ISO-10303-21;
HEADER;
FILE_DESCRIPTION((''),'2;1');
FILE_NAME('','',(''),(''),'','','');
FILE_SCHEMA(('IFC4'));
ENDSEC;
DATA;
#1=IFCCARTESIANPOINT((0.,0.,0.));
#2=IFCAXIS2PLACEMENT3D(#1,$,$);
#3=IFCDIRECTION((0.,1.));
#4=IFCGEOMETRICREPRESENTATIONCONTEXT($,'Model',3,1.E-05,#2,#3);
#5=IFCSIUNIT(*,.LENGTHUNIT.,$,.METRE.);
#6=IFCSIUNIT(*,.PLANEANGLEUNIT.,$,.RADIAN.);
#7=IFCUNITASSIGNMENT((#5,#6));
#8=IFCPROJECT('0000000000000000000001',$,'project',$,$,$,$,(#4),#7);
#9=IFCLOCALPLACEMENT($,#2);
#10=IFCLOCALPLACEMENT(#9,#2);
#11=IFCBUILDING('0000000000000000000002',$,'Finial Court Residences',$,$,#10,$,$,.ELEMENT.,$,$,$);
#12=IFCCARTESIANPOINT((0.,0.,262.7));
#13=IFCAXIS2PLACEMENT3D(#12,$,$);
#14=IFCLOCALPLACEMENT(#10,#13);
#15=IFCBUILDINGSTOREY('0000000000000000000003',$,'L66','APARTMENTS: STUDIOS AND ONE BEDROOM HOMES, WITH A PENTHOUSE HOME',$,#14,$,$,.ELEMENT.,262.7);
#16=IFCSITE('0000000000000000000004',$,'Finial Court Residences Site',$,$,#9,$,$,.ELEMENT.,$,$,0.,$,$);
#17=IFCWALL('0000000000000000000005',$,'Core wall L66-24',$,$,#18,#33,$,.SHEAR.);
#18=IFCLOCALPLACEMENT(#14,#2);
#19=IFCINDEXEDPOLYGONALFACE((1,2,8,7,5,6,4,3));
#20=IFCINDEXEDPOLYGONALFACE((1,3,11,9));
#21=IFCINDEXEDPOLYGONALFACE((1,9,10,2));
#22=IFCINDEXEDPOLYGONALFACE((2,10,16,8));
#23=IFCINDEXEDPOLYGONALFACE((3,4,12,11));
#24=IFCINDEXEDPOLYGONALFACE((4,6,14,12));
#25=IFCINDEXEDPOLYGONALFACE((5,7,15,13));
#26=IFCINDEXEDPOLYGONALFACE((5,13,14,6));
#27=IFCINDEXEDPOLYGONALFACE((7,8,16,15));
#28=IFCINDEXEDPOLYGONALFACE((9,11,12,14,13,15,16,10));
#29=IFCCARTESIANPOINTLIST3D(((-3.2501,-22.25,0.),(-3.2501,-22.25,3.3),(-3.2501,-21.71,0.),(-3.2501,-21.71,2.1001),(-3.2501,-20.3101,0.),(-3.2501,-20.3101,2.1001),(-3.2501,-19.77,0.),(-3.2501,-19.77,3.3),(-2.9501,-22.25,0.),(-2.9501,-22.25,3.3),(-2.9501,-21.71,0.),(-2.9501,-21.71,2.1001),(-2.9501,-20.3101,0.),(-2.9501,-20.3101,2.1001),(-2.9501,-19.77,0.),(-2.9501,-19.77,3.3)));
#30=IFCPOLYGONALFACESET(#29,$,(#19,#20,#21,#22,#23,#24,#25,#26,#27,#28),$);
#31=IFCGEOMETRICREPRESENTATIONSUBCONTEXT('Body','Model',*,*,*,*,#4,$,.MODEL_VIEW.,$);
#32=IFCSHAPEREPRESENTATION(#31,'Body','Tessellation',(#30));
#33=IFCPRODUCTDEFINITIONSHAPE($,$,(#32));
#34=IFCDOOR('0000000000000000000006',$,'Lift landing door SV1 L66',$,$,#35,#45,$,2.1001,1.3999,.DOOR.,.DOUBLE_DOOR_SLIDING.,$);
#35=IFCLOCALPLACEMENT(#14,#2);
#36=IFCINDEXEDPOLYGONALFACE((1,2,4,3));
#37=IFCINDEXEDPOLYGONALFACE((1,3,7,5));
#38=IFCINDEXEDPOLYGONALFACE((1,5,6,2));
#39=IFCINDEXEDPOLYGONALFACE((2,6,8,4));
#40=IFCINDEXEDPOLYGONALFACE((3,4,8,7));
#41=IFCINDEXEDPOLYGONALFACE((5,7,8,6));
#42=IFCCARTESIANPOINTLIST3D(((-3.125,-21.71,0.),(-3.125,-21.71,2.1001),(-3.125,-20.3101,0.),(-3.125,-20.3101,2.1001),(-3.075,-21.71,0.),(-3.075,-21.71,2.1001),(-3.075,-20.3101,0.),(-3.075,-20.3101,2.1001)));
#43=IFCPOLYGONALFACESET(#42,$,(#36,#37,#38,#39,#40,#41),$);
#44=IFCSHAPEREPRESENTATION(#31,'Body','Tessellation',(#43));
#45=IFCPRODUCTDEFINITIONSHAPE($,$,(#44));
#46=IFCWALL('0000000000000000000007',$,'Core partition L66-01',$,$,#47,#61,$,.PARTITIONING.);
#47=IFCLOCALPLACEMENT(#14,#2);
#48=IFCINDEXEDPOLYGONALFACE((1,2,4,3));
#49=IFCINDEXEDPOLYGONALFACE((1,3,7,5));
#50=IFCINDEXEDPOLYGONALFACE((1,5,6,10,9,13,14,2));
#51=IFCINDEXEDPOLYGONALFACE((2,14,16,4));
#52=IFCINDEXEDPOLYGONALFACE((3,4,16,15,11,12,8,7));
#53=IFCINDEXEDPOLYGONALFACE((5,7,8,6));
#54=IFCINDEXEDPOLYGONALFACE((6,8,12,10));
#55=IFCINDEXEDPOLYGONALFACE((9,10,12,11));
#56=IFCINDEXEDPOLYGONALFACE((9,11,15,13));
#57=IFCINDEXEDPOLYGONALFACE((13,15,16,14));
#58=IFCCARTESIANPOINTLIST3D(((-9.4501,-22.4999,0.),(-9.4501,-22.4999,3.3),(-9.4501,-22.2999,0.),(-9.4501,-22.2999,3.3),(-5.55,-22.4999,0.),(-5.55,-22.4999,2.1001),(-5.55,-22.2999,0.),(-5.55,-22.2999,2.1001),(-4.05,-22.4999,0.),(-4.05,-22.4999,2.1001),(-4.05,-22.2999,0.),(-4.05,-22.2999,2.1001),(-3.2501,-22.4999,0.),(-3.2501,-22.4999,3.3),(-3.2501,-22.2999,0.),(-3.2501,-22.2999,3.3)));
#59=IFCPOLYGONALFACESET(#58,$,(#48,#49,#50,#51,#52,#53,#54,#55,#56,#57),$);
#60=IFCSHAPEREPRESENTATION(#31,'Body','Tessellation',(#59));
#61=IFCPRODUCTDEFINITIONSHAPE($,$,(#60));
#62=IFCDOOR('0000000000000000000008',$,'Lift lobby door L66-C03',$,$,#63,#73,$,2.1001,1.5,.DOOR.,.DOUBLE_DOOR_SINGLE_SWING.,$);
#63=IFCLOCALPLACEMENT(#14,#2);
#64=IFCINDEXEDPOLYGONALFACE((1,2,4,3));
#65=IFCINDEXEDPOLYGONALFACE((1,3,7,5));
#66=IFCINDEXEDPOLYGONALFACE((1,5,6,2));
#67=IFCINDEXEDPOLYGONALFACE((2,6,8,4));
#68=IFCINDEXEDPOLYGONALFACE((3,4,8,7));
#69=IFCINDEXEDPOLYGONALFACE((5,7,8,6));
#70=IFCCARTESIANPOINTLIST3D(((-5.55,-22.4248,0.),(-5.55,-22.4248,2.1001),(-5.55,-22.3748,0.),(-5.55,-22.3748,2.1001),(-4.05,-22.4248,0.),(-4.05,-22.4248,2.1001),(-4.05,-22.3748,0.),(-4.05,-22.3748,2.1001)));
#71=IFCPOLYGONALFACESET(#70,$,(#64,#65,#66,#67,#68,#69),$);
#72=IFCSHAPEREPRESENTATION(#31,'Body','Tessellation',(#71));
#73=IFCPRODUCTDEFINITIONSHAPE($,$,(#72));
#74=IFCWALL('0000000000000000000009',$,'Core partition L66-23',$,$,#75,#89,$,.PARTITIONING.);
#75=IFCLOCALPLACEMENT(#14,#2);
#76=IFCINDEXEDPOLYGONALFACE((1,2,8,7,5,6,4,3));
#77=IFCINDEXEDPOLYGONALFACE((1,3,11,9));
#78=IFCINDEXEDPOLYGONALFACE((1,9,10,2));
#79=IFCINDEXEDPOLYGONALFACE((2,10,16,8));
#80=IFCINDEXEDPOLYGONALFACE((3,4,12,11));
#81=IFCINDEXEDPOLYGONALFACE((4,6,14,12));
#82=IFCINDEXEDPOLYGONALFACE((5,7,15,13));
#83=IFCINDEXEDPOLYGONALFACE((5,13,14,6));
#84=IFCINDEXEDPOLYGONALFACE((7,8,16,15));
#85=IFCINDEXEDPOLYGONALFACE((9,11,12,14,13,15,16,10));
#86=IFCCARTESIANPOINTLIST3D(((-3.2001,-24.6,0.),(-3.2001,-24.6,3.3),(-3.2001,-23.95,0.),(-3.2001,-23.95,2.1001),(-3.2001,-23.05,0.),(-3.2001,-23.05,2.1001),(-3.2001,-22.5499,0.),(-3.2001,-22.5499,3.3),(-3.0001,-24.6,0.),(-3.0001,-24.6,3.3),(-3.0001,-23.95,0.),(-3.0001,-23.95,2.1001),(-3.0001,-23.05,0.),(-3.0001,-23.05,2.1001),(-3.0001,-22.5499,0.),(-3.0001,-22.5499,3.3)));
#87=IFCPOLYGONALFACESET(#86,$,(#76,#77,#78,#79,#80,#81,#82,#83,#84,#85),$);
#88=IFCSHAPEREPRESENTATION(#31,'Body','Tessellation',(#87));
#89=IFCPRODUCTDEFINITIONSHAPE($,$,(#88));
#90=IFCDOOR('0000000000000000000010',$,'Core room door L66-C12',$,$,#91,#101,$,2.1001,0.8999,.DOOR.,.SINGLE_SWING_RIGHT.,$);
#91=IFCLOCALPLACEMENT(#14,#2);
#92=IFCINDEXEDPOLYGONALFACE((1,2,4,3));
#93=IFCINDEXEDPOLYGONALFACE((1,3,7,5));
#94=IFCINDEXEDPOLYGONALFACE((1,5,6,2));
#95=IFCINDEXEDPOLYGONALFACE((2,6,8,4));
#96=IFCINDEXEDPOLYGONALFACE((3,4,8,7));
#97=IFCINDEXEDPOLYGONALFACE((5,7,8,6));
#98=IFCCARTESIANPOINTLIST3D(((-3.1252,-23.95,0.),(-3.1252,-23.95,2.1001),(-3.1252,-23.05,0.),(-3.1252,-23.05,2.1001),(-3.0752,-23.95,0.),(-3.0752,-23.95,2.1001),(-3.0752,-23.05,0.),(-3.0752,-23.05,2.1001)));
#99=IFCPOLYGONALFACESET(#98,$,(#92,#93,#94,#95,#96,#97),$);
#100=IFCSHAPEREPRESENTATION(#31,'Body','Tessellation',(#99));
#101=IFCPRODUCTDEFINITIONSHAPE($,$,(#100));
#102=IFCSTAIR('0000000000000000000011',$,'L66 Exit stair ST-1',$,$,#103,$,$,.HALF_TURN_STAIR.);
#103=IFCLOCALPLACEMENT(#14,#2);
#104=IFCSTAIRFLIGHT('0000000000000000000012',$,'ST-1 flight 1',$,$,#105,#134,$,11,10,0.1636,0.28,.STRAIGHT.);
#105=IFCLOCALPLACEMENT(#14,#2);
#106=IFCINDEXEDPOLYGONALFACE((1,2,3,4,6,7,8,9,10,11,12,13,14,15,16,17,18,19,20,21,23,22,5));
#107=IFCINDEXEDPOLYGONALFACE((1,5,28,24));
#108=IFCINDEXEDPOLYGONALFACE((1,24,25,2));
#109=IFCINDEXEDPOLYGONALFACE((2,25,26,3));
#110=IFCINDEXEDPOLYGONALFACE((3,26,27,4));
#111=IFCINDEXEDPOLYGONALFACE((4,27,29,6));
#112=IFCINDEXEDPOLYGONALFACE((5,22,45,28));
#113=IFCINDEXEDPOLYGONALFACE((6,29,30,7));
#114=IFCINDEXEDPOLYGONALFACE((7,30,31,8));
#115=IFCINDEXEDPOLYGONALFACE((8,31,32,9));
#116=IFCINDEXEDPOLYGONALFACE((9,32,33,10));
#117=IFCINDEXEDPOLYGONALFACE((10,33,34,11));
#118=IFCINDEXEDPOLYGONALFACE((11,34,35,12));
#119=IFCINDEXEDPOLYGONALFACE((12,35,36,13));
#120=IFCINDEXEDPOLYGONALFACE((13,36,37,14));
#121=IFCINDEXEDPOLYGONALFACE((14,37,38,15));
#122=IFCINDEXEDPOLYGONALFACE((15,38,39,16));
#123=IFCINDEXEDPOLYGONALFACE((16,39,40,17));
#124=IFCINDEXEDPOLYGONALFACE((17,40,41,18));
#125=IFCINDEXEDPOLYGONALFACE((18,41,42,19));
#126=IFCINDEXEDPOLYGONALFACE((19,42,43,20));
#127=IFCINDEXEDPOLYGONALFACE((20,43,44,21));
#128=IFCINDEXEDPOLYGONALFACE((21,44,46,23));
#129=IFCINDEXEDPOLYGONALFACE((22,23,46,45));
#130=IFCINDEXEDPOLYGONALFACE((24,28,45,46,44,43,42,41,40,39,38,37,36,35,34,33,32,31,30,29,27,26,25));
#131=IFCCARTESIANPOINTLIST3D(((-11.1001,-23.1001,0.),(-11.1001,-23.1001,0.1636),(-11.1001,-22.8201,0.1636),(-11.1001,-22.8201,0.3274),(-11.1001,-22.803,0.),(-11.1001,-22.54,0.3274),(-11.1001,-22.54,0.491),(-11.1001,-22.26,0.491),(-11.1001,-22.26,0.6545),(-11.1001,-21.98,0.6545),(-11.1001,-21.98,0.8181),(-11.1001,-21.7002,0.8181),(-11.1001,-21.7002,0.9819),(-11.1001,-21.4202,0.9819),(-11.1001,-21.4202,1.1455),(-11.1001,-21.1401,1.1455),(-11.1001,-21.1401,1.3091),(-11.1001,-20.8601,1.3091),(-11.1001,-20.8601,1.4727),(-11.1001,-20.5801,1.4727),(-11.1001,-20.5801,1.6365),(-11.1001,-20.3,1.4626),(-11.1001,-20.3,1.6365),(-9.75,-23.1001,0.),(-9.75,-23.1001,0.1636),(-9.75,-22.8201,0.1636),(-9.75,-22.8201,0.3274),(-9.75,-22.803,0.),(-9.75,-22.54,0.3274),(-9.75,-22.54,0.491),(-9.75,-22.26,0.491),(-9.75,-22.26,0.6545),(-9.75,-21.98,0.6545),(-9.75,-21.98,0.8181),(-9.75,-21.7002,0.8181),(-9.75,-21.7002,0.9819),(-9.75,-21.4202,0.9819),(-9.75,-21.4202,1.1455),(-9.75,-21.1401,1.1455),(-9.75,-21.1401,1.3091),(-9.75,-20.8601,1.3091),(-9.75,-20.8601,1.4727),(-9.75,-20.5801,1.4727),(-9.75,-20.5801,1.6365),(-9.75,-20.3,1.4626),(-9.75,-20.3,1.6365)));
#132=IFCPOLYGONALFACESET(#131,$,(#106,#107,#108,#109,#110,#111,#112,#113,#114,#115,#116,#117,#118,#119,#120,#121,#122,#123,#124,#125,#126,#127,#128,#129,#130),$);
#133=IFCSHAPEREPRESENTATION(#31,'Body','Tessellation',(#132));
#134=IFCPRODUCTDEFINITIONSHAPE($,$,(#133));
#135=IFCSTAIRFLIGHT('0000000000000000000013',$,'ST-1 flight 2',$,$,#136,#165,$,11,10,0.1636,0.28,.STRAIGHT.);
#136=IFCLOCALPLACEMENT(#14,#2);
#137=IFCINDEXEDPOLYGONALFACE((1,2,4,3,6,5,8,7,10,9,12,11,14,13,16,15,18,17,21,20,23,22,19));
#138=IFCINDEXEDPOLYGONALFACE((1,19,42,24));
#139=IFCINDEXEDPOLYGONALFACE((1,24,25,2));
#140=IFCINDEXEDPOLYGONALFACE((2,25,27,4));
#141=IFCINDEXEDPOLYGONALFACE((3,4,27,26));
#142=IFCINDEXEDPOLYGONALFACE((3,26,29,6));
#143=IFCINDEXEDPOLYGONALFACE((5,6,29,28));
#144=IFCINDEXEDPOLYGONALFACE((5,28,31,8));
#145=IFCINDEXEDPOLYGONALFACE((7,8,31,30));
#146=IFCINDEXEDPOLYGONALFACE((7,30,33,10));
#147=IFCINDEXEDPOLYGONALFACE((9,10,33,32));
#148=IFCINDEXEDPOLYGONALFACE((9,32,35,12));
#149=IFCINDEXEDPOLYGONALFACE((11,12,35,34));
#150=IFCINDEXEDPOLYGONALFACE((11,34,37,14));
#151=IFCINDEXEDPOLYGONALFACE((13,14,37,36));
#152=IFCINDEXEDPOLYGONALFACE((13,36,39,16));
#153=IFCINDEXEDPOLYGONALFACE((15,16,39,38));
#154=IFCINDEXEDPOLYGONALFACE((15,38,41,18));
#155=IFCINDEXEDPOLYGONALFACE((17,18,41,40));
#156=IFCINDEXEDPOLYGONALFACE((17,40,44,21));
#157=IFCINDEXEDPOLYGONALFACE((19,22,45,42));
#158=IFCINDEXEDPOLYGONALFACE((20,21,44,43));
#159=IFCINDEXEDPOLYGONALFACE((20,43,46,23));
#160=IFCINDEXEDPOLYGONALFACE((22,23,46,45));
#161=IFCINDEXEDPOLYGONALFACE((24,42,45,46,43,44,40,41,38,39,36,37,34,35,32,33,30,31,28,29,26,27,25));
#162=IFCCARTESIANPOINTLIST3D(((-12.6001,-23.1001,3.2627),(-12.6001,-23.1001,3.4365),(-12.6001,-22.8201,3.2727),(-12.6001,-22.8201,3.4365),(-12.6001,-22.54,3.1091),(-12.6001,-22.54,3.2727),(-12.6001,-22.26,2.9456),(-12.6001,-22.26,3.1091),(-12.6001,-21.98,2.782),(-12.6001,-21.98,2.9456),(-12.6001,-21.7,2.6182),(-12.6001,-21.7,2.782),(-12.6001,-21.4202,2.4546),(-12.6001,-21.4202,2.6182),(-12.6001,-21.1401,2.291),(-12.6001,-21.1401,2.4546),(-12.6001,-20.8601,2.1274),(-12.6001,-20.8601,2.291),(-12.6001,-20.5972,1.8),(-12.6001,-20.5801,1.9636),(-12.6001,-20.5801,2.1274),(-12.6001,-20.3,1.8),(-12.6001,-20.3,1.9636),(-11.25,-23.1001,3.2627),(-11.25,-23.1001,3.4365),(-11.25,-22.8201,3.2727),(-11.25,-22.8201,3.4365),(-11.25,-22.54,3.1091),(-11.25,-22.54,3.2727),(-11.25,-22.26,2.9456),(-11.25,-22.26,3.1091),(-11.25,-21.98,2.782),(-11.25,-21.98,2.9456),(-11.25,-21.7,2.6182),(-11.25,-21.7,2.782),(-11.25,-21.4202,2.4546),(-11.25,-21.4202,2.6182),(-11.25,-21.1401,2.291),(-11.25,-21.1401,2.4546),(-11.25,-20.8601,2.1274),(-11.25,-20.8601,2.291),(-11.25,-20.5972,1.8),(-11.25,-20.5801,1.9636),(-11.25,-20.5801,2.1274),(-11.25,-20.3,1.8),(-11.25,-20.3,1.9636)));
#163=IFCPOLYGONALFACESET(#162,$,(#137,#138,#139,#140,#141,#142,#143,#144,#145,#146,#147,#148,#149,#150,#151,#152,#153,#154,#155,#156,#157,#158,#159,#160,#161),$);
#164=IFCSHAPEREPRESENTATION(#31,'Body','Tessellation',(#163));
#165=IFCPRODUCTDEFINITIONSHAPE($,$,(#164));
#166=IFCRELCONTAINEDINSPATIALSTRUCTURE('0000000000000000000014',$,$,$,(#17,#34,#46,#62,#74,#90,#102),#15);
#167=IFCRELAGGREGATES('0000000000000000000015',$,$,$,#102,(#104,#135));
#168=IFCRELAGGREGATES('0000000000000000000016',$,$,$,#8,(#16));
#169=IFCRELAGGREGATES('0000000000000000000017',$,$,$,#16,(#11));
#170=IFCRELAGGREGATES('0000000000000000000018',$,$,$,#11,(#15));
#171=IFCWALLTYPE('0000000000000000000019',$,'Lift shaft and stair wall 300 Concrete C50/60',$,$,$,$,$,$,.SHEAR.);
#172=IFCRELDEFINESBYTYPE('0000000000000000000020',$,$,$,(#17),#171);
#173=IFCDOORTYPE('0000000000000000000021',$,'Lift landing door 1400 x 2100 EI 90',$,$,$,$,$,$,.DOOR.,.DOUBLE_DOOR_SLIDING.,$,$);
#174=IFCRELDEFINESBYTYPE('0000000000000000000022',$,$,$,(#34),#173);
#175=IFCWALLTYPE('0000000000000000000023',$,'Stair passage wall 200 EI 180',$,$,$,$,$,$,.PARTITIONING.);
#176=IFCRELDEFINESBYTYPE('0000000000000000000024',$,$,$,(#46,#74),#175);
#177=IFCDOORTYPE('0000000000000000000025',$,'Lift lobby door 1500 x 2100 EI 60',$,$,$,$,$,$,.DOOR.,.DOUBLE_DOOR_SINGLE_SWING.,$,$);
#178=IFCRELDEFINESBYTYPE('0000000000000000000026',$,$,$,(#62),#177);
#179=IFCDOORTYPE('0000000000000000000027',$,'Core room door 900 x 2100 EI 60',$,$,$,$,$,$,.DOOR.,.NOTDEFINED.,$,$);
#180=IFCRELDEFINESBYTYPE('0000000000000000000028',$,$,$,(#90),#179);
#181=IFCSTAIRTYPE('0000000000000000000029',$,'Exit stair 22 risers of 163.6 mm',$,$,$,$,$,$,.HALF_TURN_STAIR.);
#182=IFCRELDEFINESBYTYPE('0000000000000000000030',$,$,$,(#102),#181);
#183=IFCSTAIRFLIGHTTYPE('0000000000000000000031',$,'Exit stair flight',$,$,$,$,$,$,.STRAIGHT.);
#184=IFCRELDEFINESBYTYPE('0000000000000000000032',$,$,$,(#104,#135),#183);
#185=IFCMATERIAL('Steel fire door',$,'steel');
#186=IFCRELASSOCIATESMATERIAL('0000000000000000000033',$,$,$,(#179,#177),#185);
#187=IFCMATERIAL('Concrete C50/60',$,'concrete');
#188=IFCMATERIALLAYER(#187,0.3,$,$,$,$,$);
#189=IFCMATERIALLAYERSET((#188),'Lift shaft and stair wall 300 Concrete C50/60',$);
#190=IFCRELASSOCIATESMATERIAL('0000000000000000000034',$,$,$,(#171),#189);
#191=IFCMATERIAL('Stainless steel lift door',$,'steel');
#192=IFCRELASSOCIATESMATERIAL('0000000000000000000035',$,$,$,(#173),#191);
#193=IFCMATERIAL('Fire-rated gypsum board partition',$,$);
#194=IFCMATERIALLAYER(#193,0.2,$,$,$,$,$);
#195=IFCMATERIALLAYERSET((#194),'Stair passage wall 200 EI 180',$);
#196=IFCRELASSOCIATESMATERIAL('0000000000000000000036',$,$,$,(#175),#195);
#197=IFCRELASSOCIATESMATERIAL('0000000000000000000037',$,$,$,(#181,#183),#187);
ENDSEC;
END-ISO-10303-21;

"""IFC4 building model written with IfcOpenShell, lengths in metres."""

from ifc_helpers import new_model, si_unit, direction, frame, frame_2d, origin, place, context, subcontext, project, spatial, polyline, rectangle, outline, extrude, material, layer, layer_set, type_object, element, fill, aggregate, save


model = new_model("IFC4")

# Units and contexts
model_context = context("Model", 3, precision=1e-05, world=origin(), true_north=direction((0.0, 1.0)))
body_context = subcontext(model_context, "Body", "Model", "MODEL_VIEW")
ifc_project = project(units=[si_unit("LENGTHUNIT", "METRE"), si_unit("PLANEANGLEUNIT", "RADIAN")], contexts=[model_context])

# Site, building, storey
site_placement = place(None, origin())
site = spatial("IfcSite", under=ifc_project, at=site_placement, Name="Finial Court Residences Site", CompositionType="ELEMENT", RefElevation=0.0)
building_placement = place(site_placement, origin())
building = spatial("IfcBuilding", under=site, at=building_placement, Name="Finial Court Residences", CompositionType="ELEMENT")
storey_placement = place(building_placement, frame((0.0, 0.0, 262.7)))
storey = spatial("IfcBuildingStorey", under=building, at=storey_placement, Name="L66", Description="APARTMENTS: STUDIOS AND ONE BEDROOM HOMES, WITH A PENTHOUSE HOME", CompositionType="ELEMENT", Elevation=262.7)

# Shared definitions
ifc_material_1 = material(Name="Concrete C50/60", Category="concrete")
ifc_material_2 = material(Name="Fire-rated gypsum board partition")

# Shared definitions
ifc_material_3 = material(Name="Steel fire door", Category="steel")
door_type_1 = type_object("IfcDoorType", Name="Core room door 900 x 2100 EI 60", OperationType="NOTDEFINED", PredefinedType="DOOR", material=ifc_material_3)

# Shared definitions
ifc_layer_1 = layer(ifc_material_1, 0.3)
ifc_layer_set_1 = layer_set([ifc_layer_1], Name="Lift shaft and stair wall 300 Concrete C50/60")
wall_type_1 = type_object("IfcWallType", Name="Lift shaft and stair wall 300 Concrete C50/60", PredefinedType="SHEAR", material=ifc_layer_set_1)

# Walls, openings, doors
wall_1_placement = place(storey_placement, frame((-3.1001, -22.25, 0.0), z_axis=(0.0, 0.0, 1.0), x_axis=(0.0, 1.0, 0.0)))
wall_1 = element("IfcWall", 1, at=wall_1_placement, inside=storey, type_object=wall_type_1, Name="Core wall L66-24", PredefinedType="SHEAR", context=body_context, shape_type="SweptSolid", body=[
    extrude(rectangle(XDim=2.48, YDim=0.3, at=frame_2d((1.24, 0.0))), origin(), (0.0, 0.0, 1.0), 3.3),
])
opening_1_placement = place(wall_1_placement, frame((0.54, 0.0, 0.0)))
opening_1 = element("IfcOpeningElement", 2, at=opening_1_placement, cuts=wall_1, PredefinedType="OPENING", context=body_context, shape_type="SweptSolid", body=[
    extrude(rectangle(XDim=1.3999, YDim=2.1001, at=frame_2d((0.7, 1.05))), frame((0.0, 0.1599, 0.0), z_axis=(0.0, -1.0, 0.0), x_axis=(1.0, 0.0, 0.0)), (0.0, 0.0, 1.0), 0.3201),
])
ifc_material_4 = material(Name="Stainless steel lift door", Category="steel")
door_type_2 = type_object("IfcDoorType", Name="Lift landing door 1400 x 2100 EI 90", OperationType="DOUBLE_DOOR_SLIDING", PredefinedType="DOOR", material=ifc_material_4)
door_1_placement = place(opening_1_placement, origin())
door_1 = element("IfcDoor", 3, at=door_1_placement, inside=storey, type_object=door_type_2, Name="Lift landing door SV1 L66", OperationType="DOUBLE_DOOR_SLIDING", OverallHeight=2.1001, OverallWidth=1.3999, PredefinedType="DOOR", context=body_context, shape_type="SweptSolid", body=[
    extrude(rectangle(XDim=1.3999, YDim=2.1001, at=frame_2d((0.7, 1.05))), frame((0.0, 0.0249, 0.0), z_axis=(0.0, -1.0, 0.0), x_axis=(1.0, 0.0, 0.0)), (0.0, 0.0, 1.0), 0.05),
])
fill(opening_1, door_1)
ifc_layer_2 = layer(ifc_material_2, 0.2)
ifc_layer_set_2 = layer_set([ifc_layer_2], Name="Stair passage wall 200 EI 180")
wall_type_2 = type_object("IfcWallType", Name="Stair passage wall 200 EI 180", PredefinedType="PARTITIONING", material=ifc_layer_set_2)
wall_2_placement = place(storey_placement, frame((-3.25, -22.3999, 0.0), z_axis=(0.0, 0.0, 1.0), x_axis=(-1.0, 0.0, 0.0)))
wall_2 = element("IfcWall", 4, at=wall_2_placement, inside=storey, type_object=wall_type_2, Name="Core partition L66-01", PredefinedType="PARTITIONING", context=body_context, shape_type="SweptSolid", body=[
    extrude(rectangle(XDim=6.2, YDim=0.2, at=frame_2d((3.1001, 0.0))), origin(), (0.0, 0.0, 1.0), 3.3),
])
opening_2_placement = place(wall_2_placement, frame((0.8, 0.0, 0.0)))
opening_2 = element("IfcOpeningElement", 5, at=opening_2_placement, cuts=wall_2, PredefinedType="OPENING", context=body_context, shape_type="SweptSolid", body=[
    extrude(rectangle(XDim=1.5, YDim=2.1001, at=frame_2d((0.75, 1.05))), frame((0.0, 0.1099, 0.0), z_axis=(0.0, -1.0, 0.0), x_axis=(1.0, 0.0, 0.0)), (0.0, 0.0, 1.0), 0.22),
])
door_type_3 = type_object("IfcDoorType", Name="Lift lobby door 1500 x 2100 EI 60", OperationType="DOUBLE_DOOR_SINGLE_SWING", PredefinedType="DOOR", material=ifc_material_3)
door_2_placement = place(opening_2_placement, origin())
door_2 = element("IfcDoor", 6, at=door_2_placement, inside=storey, type_object=door_type_3, Name="Lift lobby door L66-C03", OperationType="DOUBLE_DOOR_SINGLE_SWING", OverallHeight=2.1001, OverallWidth=1.5, PredefinedType="DOOR", context=body_context, shape_type="SweptSolid", body=[
    extrude(rectangle(XDim=1.5, YDim=2.1001, at=frame_2d((0.75, 1.05))), frame((0.0, 0.0249, 0.0), z_axis=(0.0, -1.0, 0.0), x_axis=(1.0, 0.0, 0.0)), (0.0, 0.0, 1.0), 0.05),
])
fill(opening_2, door_2)
wall_3_placement = place(storey_placement, frame((-3.1001, -22.55, 0.0), z_axis=(0.0, 0.0, 1.0), x_axis=(0.0, -1.0, 0.0)))
wall_3 = element("IfcWall", 7, at=wall_3_placement, inside=storey, type_object=wall_type_2, Name="Core partition L66-23", PredefinedType="PARTITIONING", context=body_context, shape_type="SweptSolid", body=[
    extrude(rectangle(XDim=2.05, YDim=0.2, at=frame_2d((1.0249, 0.0))), origin(), (0.0, 0.0, 1.0), 3.3),
])
opening_3_placement = place(wall_3_placement, frame((0.5, 0.0, 0.0)))
opening_3 = element("IfcOpeningElement", 8, at=opening_3_placement, cuts=wall_3, PredefinedType="OPENING", context=body_context, shape_type="SweptSolid", body=[
    extrude(rectangle(XDim=0.8999, YDim=2.1001, at=frame_2d((0.45, 1.05))), frame((0.0, 0.1099, 0.0), z_axis=(0.0, -1.0, 0.0), x_axis=(1.0, 0.0, 0.0)), (0.0, 0.0, 1.0), 0.22),
])
door_3_placement = place(opening_3_placement, origin())
door_3 = element("IfcDoor", 9, at=door_3_placement, inside=storey, type_object=door_type_1, Name="Core room door L66-C12", OperationType="SINGLE_SWING_RIGHT", OverallHeight=2.1001, OverallWidth=0.8999, PredefinedType="DOOR", context=body_context, shape_type="SweptSolid", body=[
    extrude(rectangle(XDim=0.8999, YDim=2.1001, at=frame_2d((0.45, 1.05))), frame((0.0, 0.0249, 0.0), z_axis=(0.0, -1.0, 0.0), x_axis=(1.0, 0.0, 0.0)), (0.0, 0.0, 1.0), 0.05),
])
fill(opening_3, door_3)

# Stair, stair flights
stair_type = type_object("IfcStairType", Name="Exit stair 22 risers of 163.6 mm", PredefinedType="HALF_TURN_STAIR", material=ifc_material_1)
stair_placement = place(storey_placement, origin())
stair = element("IfcStair", 10, at=stair_placement, inside=storey, type_object=stair_type, Name="L66 Exit stair ST-1", PredefinedType="HALF_TURN_STAIR")
stair_flight_type = type_object("IfcStairFlightType", Name="Exit stair flight", PredefinedType="STRAIGHT", material=ifc_material_1)
stair_flight_1_placement = place(storey_placement, frame((-10.425, -23.1001, 0.0), z_axis=(0.0, 0.0, 1.0), x_axis=(0.0, 1.0, 0.0)))
stair_flight_1 = element("IfcStairFlight", 11, at=stair_flight_1_placement, type_object=stair_flight_type, Name="ST-1 flight 1", NumberOfRisers=11, NumberOfTreads=10, PredefinedType="STRAIGHT", RiserHeight=0.1636, TreadLength=0.28, context=body_context, shape_type="SweptSolid", body=[
    extrude(outline(polyline([(0.0, 0.0), (0.0, 0.1636), (0.28, 0.1636), (0.28, 0.3274), (0.5601, 0.3274), (0.5601, 0.491), (0.8401, 0.491), (0.8401, 0.6545), (1.1201, 0.6545), (1.1201, 0.8181), (1.3999, 0.8181), (1.3999, 0.9819), (1.6799, 0.9819), (1.6799, 1.1455), (1.96, 1.1455), (1.96, 1.3091), (2.24, 1.3091), (2.24, 1.4727), (2.52, 1.4727), (2.52, 1.6365), (2.8, 1.6365), (2.8, 1.8), (2.8, 1.4626), (0.2971, 0.0), (0.0, 0.0)])), frame((0.0, 0.675, 0.0), z_axis=(0.0, -1.0, 0.0), x_axis=(1.0, 0.0, 0.0)), (0.0, 0.0, 1.0), 1.3501),
])
stair_flight_2_placement = place(storey_placement, frame((-11.925, -20.3, 1.8), z_axis=(0.0, 0.0, 1.0), x_axis=(0.0, -1.0, 0.0)))
stair_flight_2 = element("IfcStairFlight", 12, at=stair_flight_2_placement, type_object=stair_flight_type, Name="ST-1 flight 2", NumberOfRisers=11, NumberOfTreads=10, PredefinedType="STRAIGHT", RiserHeight=0.1636, TreadLength=0.28, context=body_context, shape_type="SweptSolid", body=[
    extrude(outline(polyline([(0.0, 0.0), (0.0, 0.1636), (0.28, 0.1636), (0.28, 0.3274), (0.5601, 0.3274), (0.5601, 0.491), (0.8401, 0.491), (0.8401, 0.6545), (1.1201, 0.6545), (1.1201, 0.8181), (1.3999, 0.8181), (1.3999, 0.9819), (1.6799, 0.9819), (1.6799, 1.1455), (1.96, 1.1455), (1.96, 1.3091), (2.24, 1.3091), (2.24, 1.4727), (2.52, 1.4727), (2.52, 1.6365), (2.8, 1.6365), (2.8, 1.8), (2.8, 1.4626), (0.2971, 0.0), (0.0, 0.0)])), frame((0.0, 0.675, 0.0), z_axis=(0.0, -1.0, 0.0), x_axis=(1.0, 0.0, 0.0)), (0.0, 0.0, 1.0), 1.3501),
])
aggregate(stair, [stair_flight_1, stair_flight_2])

save(model, "model.ifc")
